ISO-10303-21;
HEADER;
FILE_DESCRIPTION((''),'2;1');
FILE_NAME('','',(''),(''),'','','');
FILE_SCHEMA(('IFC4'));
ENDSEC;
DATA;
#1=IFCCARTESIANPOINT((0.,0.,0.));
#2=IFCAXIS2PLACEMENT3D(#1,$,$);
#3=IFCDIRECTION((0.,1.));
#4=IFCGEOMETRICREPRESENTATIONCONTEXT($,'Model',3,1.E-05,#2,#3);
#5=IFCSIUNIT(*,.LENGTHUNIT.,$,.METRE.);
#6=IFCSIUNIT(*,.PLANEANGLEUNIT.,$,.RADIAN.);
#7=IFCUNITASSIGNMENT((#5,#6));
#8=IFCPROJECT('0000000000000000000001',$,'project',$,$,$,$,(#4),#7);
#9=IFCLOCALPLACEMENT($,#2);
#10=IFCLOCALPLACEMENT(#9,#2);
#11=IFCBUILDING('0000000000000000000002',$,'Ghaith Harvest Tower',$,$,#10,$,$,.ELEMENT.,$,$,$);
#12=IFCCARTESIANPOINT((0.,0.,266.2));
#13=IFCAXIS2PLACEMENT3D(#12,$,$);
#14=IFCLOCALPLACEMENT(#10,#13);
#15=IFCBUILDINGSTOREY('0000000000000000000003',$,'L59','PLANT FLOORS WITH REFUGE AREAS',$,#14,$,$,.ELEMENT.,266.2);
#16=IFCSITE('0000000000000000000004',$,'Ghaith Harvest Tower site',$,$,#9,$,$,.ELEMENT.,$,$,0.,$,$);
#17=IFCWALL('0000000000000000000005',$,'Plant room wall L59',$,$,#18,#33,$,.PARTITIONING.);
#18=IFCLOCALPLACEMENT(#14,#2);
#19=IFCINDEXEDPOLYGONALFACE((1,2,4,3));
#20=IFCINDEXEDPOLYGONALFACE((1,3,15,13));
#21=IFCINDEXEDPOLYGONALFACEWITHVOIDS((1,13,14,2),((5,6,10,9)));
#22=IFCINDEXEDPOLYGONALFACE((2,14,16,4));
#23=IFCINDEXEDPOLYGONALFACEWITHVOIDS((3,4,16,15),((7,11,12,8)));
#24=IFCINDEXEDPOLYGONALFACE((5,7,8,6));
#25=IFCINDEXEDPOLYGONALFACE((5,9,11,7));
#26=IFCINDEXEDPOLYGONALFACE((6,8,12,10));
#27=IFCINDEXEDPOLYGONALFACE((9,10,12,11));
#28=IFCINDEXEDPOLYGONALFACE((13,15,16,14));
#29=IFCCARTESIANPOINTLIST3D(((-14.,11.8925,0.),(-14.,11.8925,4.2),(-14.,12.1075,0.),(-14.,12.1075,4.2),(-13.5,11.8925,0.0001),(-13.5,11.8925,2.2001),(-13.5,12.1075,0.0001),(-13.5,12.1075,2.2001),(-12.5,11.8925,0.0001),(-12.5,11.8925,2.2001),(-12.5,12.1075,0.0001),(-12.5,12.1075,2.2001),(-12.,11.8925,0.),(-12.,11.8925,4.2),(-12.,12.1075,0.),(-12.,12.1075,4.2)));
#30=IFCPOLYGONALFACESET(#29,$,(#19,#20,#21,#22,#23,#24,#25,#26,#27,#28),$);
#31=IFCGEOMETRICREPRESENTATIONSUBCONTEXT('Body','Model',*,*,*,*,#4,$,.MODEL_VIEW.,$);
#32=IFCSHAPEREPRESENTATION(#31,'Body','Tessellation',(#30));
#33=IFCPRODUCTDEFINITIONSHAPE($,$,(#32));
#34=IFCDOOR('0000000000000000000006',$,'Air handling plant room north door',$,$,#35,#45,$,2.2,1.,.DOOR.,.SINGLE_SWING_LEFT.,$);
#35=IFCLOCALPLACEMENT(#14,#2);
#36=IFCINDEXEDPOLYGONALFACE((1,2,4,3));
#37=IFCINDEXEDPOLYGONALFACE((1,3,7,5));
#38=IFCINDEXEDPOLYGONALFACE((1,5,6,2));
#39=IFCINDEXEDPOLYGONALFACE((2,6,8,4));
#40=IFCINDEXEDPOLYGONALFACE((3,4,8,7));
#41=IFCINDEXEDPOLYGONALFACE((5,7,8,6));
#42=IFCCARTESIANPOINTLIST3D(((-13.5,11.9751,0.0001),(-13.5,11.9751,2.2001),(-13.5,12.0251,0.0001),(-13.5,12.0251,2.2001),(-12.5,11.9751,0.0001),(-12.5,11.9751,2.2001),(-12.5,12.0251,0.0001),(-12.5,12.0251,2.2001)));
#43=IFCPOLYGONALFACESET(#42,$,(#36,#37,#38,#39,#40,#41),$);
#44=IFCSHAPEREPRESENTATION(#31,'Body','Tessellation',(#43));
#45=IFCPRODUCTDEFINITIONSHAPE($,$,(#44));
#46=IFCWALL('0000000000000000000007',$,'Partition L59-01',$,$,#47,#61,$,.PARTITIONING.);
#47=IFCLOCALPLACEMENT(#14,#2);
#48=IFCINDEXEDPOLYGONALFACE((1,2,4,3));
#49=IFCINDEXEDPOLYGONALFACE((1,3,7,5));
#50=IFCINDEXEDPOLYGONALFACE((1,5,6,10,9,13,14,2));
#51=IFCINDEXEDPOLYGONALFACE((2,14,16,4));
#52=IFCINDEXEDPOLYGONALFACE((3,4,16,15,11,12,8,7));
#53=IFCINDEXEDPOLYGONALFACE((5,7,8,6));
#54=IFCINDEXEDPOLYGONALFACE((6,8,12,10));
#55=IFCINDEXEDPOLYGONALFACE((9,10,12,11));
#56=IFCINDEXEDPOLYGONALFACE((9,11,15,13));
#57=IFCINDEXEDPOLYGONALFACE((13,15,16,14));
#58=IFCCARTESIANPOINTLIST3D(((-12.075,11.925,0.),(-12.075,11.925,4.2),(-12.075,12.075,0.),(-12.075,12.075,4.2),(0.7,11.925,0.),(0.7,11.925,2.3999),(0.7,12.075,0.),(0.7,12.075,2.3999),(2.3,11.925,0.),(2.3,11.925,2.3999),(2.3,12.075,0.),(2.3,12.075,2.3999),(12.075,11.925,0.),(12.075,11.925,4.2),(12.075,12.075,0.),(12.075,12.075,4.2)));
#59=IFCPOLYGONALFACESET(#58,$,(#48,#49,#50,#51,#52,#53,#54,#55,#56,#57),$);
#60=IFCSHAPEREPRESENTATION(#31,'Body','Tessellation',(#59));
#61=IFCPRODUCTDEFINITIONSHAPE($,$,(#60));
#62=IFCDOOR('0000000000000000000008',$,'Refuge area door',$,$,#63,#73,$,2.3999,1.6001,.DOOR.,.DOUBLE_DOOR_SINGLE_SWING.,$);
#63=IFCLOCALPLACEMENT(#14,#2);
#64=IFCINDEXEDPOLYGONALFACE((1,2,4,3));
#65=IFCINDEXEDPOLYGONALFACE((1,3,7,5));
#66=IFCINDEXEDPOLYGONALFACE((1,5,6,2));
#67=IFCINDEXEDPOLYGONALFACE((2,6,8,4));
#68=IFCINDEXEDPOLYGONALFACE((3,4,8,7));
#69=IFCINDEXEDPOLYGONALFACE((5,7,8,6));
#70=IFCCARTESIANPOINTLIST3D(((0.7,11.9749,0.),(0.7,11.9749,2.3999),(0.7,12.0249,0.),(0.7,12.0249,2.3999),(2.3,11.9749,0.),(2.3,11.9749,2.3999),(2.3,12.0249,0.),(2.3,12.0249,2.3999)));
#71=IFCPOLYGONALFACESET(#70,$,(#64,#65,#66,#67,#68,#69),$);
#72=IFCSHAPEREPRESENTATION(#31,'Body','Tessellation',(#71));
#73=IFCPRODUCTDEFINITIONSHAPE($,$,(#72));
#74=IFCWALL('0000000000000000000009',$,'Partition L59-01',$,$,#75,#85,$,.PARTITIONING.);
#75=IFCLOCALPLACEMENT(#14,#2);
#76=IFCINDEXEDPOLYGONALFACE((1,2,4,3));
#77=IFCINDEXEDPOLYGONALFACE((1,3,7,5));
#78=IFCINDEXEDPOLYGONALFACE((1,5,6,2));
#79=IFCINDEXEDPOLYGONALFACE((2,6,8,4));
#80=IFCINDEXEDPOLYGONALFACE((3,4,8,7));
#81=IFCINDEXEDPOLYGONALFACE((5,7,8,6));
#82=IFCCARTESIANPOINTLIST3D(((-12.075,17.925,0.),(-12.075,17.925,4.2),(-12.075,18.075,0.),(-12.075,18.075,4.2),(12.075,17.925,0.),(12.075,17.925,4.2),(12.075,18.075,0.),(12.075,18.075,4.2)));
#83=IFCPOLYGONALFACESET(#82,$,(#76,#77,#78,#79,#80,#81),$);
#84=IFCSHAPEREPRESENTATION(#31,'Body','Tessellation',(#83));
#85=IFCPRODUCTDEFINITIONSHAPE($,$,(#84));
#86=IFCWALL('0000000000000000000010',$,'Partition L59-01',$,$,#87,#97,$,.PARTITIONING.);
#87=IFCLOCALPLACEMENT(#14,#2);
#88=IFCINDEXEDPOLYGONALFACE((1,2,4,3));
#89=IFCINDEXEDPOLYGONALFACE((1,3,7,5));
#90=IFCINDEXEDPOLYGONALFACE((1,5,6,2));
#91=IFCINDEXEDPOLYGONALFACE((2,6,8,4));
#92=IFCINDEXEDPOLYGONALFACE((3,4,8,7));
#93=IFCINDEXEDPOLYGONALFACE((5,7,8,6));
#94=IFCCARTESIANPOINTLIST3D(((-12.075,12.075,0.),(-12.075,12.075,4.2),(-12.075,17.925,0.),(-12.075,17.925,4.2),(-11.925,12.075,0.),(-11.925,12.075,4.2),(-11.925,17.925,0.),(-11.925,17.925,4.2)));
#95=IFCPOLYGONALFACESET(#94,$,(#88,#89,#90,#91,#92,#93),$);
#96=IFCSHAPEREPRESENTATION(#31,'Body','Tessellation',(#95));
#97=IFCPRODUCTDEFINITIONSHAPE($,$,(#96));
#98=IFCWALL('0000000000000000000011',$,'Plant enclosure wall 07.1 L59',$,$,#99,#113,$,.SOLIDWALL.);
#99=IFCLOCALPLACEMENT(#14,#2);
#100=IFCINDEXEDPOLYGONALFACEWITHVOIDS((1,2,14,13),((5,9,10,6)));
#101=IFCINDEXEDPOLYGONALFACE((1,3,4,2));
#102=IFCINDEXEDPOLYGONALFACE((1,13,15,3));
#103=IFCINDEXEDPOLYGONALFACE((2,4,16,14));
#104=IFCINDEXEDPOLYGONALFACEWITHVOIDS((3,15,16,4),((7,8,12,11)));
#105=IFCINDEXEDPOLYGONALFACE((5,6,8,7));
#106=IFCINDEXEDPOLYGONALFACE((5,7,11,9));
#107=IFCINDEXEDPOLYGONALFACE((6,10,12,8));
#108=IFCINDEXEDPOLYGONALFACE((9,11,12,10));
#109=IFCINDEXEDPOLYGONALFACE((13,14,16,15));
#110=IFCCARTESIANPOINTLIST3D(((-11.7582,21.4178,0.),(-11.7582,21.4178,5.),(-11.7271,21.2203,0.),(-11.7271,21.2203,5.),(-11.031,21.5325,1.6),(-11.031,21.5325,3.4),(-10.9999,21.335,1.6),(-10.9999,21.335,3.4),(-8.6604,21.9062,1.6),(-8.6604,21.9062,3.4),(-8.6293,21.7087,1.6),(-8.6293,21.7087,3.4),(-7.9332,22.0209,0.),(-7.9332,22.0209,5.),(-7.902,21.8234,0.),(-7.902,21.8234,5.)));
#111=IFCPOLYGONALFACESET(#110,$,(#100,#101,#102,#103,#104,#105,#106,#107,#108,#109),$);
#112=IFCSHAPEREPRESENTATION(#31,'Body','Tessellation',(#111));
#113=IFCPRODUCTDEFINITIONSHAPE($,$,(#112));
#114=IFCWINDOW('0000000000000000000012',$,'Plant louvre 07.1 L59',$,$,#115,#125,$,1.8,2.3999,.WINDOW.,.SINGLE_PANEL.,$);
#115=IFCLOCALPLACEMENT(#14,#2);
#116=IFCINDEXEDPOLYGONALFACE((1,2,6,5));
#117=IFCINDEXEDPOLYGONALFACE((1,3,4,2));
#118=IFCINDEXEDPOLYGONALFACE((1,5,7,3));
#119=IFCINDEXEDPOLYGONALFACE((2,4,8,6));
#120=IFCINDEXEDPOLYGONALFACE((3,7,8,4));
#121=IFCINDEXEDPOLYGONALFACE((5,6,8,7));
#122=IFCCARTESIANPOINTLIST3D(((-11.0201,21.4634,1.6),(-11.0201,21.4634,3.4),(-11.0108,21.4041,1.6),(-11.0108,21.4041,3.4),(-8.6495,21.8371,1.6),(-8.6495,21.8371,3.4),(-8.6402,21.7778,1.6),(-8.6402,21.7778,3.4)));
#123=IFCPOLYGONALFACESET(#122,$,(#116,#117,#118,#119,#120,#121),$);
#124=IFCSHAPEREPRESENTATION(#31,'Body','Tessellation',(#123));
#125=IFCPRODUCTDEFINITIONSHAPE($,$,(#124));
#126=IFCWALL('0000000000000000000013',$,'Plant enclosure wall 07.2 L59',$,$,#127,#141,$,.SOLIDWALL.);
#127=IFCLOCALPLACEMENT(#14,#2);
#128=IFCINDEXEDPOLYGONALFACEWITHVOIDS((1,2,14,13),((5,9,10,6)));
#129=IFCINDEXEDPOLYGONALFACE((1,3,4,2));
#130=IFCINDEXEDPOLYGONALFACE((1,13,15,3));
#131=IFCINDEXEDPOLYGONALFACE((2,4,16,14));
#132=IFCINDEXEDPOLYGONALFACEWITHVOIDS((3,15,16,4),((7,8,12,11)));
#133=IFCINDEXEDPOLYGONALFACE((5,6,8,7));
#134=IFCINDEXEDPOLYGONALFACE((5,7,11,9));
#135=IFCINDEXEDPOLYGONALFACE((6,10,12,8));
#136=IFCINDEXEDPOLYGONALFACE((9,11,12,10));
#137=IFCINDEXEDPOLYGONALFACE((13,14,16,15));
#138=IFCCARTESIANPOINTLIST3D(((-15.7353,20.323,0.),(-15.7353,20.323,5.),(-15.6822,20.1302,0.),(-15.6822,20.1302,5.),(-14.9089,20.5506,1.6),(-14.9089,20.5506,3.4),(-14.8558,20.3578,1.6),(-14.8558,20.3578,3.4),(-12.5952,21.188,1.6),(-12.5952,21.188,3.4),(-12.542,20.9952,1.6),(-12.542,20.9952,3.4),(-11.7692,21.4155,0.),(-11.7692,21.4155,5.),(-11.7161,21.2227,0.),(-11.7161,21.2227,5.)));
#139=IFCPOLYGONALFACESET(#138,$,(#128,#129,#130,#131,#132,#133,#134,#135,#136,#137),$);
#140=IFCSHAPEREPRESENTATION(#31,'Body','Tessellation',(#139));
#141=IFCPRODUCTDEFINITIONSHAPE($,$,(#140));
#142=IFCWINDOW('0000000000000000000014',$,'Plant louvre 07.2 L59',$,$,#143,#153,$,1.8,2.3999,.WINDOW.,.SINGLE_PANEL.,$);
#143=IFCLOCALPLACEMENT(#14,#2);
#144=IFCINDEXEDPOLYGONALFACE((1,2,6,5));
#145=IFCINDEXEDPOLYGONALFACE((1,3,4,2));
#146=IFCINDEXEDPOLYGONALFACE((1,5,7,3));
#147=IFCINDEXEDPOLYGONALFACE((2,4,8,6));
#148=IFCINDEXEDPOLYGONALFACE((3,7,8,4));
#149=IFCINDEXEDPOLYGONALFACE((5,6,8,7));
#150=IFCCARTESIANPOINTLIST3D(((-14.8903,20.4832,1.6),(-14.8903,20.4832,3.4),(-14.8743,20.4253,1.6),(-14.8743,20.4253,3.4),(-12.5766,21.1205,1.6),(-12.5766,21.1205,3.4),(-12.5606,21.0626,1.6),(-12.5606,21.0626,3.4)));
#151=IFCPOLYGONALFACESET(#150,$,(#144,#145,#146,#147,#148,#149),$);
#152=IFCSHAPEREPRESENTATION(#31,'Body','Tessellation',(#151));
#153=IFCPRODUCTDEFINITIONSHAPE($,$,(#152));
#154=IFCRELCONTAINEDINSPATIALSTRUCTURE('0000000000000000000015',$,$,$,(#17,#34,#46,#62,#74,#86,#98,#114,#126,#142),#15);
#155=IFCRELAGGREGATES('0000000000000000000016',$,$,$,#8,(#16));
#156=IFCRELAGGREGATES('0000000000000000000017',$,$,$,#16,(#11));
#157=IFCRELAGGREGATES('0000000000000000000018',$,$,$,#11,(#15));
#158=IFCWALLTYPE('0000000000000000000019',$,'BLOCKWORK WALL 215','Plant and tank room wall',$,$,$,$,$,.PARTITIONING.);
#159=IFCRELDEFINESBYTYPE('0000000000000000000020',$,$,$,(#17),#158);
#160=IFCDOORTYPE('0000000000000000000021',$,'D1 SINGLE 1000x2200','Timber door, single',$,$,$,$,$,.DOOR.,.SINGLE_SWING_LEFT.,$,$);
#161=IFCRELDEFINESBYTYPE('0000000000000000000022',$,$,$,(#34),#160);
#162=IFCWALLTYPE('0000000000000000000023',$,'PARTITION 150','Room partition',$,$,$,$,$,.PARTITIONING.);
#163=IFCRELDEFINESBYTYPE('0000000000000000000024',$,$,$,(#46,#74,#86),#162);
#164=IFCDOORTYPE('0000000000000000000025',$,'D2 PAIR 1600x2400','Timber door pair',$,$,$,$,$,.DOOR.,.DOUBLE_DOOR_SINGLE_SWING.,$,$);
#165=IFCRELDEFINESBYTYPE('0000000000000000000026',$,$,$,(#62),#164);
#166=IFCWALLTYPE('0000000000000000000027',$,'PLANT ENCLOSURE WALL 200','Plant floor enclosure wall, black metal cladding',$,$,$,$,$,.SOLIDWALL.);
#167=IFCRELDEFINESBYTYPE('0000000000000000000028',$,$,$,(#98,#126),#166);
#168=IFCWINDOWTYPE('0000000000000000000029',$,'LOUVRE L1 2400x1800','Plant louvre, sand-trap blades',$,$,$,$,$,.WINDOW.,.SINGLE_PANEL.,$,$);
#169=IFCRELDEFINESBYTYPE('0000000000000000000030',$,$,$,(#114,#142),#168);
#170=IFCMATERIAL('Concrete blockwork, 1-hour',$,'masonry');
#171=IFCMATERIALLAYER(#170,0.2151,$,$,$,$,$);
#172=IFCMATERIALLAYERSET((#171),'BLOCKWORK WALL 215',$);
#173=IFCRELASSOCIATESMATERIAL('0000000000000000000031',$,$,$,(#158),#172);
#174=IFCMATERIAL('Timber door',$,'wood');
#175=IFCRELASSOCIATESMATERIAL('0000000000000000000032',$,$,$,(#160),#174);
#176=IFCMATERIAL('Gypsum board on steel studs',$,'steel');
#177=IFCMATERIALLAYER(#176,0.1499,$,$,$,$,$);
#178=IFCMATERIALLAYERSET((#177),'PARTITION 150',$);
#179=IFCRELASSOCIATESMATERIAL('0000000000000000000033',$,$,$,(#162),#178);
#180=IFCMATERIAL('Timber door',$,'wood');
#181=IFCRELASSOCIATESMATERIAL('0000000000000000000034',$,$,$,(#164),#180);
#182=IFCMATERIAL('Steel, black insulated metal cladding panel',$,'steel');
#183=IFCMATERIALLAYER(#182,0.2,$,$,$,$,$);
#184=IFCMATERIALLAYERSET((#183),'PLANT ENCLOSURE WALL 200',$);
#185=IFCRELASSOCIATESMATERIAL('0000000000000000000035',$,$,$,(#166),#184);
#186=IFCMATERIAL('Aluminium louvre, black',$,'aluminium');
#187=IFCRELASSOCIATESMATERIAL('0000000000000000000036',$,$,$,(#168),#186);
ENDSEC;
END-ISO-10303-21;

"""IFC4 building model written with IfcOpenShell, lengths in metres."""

from ifc_helpers import new_model, si_unit, direction, frame, frame_2d, origin, place, context, subcontext, project, spatial, rectangle, extrude, material, layer, layer_set, type_object, element, fill, save


model = new_model("IFC4")

# Units and contexts
model_context = context("Model", 3, precision=1e-05, world=origin(), true_north=direction((0.0, 1.0)))
body_context = subcontext(model_context, "Body", "Model", "MODEL_VIEW")
ifc_project = project(units=[si_unit("LENGTHUNIT", "METRE"), si_unit("PLANEANGLEUNIT", "RADIAN")], contexts=[model_context])

# Site, building, storey
site_placement = place(None, origin())
site = spatial("IfcSite", under=ifc_project, at=site_placement, Name="Ghaith Harvest Tower site", CompositionType="ELEMENT", RefElevation=0.0)
building_placement = place(site_placement, origin())
building = spatial("IfcBuilding", under=site, at=building_placement, Name="Ghaith Harvest Tower", CompositionType="ELEMENT")
storey_placement = place(building_placement, frame((0.0, 0.0, 266.2)))
storey = spatial("IfcBuildingStorey", under=building, at=storey_placement, Name="L59", Description="PLANT FLOORS WITH REFUGE AREAS", CompositionType="ELEMENT", Elevation=266.2)

# Walls, openings, doors
ifc_material_1 = material(Name="Concrete blockwork, 1-hour", Category="masonry")
ifc_layer_1 = layer(ifc_material_1, 0.2151)
ifc_layer_set_1 = layer_set([ifc_layer_1], Name="BLOCKWORK WALL 215")
wall_type_1 = type_object("IfcWallType", Name="BLOCKWORK WALL 215", Description="Plant and tank room wall", PredefinedType="PARTITIONING", material=ifc_layer_set_1)
wall_1_placement = place(storey_placement, frame((-12.0, 12.0, 0.0), z_axis=(0.0, 0.0, 1.0), x_axis=(-1.0, 0.0, 0.0)))
wall_1 = element("IfcWall", 1, at=wall_1_placement, inside=storey, type_object=wall_type_1, Name="Plant room wall L59", PredefinedType="PARTITIONING", context=body_context, shape_type="SweptSolid", body=[
    extrude(rectangle(XDim=2.0, YDim=0.2151, at=frame_2d((1.0, 0.0))), origin(), (0.0, 0.0, 1.0), 4.2),
])
opening_1_placement = place(wall_1_placement, frame((0.5, 0.0, 0.0)))
opening_1 = element("IfcOpeningElement", 2, at=opening_1_placement, cuts=wall_1, PredefinedType="OPENING", context=body_context, shape_type="SweptSolid", body=[
    extrude(rectangle(XDim=1.0, YDim=2.2, at=frame_2d((0.5, 1.1001))), frame((0.0, 0.1177, 0.0), z_axis=(0.0, -1.0, 0.0), x_axis=(1.0, 0.0, 0.0)), (0.0, 0.0, 1.0), 0.2351),
])
ifc_material_2 = material(Name="Timber door", Category="wood")
door_type_1 = type_object("IfcDoorType", Name="D1 SINGLE 1000x2200", Description="Timber door, single", OperationType="SINGLE_SWING_LEFT", PredefinedType="DOOR", material=ifc_material_2)
door_1_placement = place(opening_1_placement, origin())
door_1 = element("IfcDoor", 3, at=door_1_placement, inside=storey, type_object=door_type_1, Name="Air handling plant room north door", OperationType="SINGLE_SWING_LEFT", OverallHeight=2.2, OverallWidth=1.0, PredefinedType="DOOR", context=body_context, shape_type="SweptSolid", body=[
    extrude(rectangle(XDim=1.0, YDim=2.2, at=frame_2d((0.5, 1.1001))), frame((0.0, 0.0249, 0.0), z_axis=(0.0, -1.0, 0.0), x_axis=(1.0, 0.0, 0.0)), (0.0, 0.0, 1.0), 0.05),
])
fill(opening_1, door_1)
ifc_material_3 = material(Name="Gypsum board on steel studs", Category="steel")
ifc_layer_2 = layer(ifc_material_3, 0.1499)
ifc_layer_set_2 = layer_set([ifc_layer_2], Name="PARTITION 150")
wall_type_2 = type_object("IfcWallType", Name="PARTITION 150", Description="Room partition", PredefinedType="PARTITIONING", material=ifc_layer_set_2)
wall_2_placement = place(storey_placement, frame((-12.075, 12.0, 0.0), z_axis=(0.0, 0.0, 1.0), x_axis=(1.0, 0.0, 0.0)))
wall_2 = element("IfcWall", 4, at=wall_2_placement, inside=storey, type_object=wall_type_2, Name="Partition L59-01", PredefinedType="PARTITIONING", context=body_context, shape_type="SweptSolid", body=[
    extrude(rectangle(XDim=24.1499, YDim=0.1499, at=frame_2d((12.075, 0.0))), origin(), (0.0, 0.0, 1.0), 4.2),
])
opening_2_placement = place(wall_2_placement, frame((12.7749, 0.0, 0.0)))
opening_2 = element("IfcOpeningElement", 5, at=opening_2_placement, cuts=wall_2, PredefinedType="OPENING", context=body_context, shape_type="SweptSolid", body=[
    extrude(rectangle(XDim=1.6001, YDim=2.3999, at=frame_2d((0.8, 1.2))), frame((0.0, 0.085, 0.0), z_axis=(0.0, -1.0, 0.0), x_axis=(1.0, 0.0, 0.0)), (0.0, 0.0, 1.0), 0.1699),
])
ifc_material_4 = material(Name="Timber door", Category="wood")
door_type_2 = type_object("IfcDoorType", Name="D2 PAIR 1600x2400", Description="Timber door pair", OperationType="DOUBLE_DOOR_SINGLE_SWING", PredefinedType="DOOR", material=ifc_material_4)
door_2_placement = place(opening_2_placement, origin())
door_2 = element("IfcDoor", 6, at=door_2_placement, inside=storey, type_object=door_type_2, Name="Refuge area door", OperationType="DOUBLE_DOOR_SINGLE_SWING", OverallHeight=2.3999, OverallWidth=1.6001, PredefinedType="DOOR", context=body_context, shape_type="SweptSolid", body=[
    extrude(rectangle(XDim=1.6001, YDim=2.3999, at=frame_2d((0.8, 1.2))), frame((0.0, 0.0249, 0.0), z_axis=(0.0, -1.0, 0.0), x_axis=(1.0, 0.0, 0.0)), (0.0, 0.0, 1.0), 0.05),
])
fill(opening_2, door_2)

# Walls
wall_3_placement = place(storey_placement, frame((-12.075, 18.0, 0.0), z_axis=(0.0, 0.0, 1.0), x_axis=(1.0, 0.0, 0.0)))
element("IfcWall", 7, at=wall_3_placement, inside=storey, type_object=wall_type_2, Name="Partition L59-01", PredefinedType="PARTITIONING", context=body_context, shape_type="SweptSolid", body=[
    extrude(rectangle(XDim=24.1499, YDim=0.1499, at=frame_2d((12.075, 0.0))), origin(), (0.0, 0.0, 1.0), 4.2),
])
wall_4_placement = place(storey_placement, frame((-12.0, 12.075, 0.0), z_axis=(0.0, 0.0, 1.0), x_axis=(0.0, 1.0, 0.0)))
element("IfcWall", 8, at=wall_4_placement, inside=storey, type_object=wall_type_2, Name="Partition L59-01", PredefinedType="PARTITIONING", context=body_context, shape_type="SweptSolid", body=[
    extrude(rectangle(XDim=5.8501, YDim=0.1499, at=frame_2d((2.925, 0.0))), origin(), (0.0, 0.0, 1.0), 4.2),
])

# Walls, openings, windows
ifc_material_5 = material(Name="Steel, black insulated metal cladding panel", Category="steel")
ifc_layer_3 = layer(ifc_material_5, 0.2)
ifc_layer_set_3 = layer_set([ifc_layer_3], Name="PLANT ENCLOSURE WALL 200")
wall_type_3 = type_object("IfcWallType", Name="PLANT ENCLOSURE WALL 200", Description="Plant floor enclosure wall, black metal cladding", PredefinedType="SOLIDWALL", material=ifc_layer_set_3)
wall_5_placement = place(storey_placement, frame((-7.9177, 21.9221, 0.0), z_axis=(0.0, 0.0, 1.0), x_axis=(-0.987799, -0.155733, 0.0)))
wall_5 = element("IfcWall", 9, at=wall_5_placement, inside=storey, type_object=wall_type_3, Name="Plant enclosure wall 07.1 L59", PredefinedType="SOLIDWALL", context=body_context, shape_type="SweptSolid", body=[
    extrude(rectangle(XDim=3.8723, YDim=0.2, at=frame_2d((1.936, 0.0))), origin(), (0.0, 0.0, 1.0), 5.0),
])
opening_3_placement = place(wall_5_placement, frame((0.7361, 0.0, 1.6001)))
opening_3 = element("IfcOpeningElement", 10, at=opening_3_placement, cuts=wall_5, PredefinedType="OPENING", context=body_context, shape_type="SweptSolid", body=[
    extrude(rectangle(XDim=2.3999, YDim=1.8, at=frame_2d((1.2, 0.8999))), frame((0.0, 0.1099, 0.0), z_axis=(0.0, -1.0, 0.0), x_axis=(1.0, 0.0, 0.0)), (0.0, 0.0, 1.0), 0.22),
])
ifc_material_6 = material(Name="Aluminium louvre, black", Category="aluminium")
window_type = type_object("IfcWindowType", Name="LOUVRE L1 2400x1800", Description="Plant louvre, sand-trap blades", PartitioningType="SINGLE_PANEL", PredefinedType="WINDOW", material=ifc_material_6)
window_1_placement = place(opening_3_placement, origin())
window_1 = element("IfcWindow", 11, at=window_1_placement, inside=storey, type_object=window_type, Name="Plant louvre 07.1 L59", OverallHeight=1.8, OverallWidth=2.3999, PartitioningType="SINGLE_PANEL", PredefinedType="WINDOW", context=body_context, shape_type="SweptSolid", body=[
    extrude(rectangle(XDim=2.3999, YDim=1.8, at=frame_2d((1.2, 0.8999))), frame((0.0, 0.03, 0.0), z_axis=(0.0, -1.0, 0.0), x_axis=(1.0, 0.0, 0.0)), (0.0, 0.0, 1.0), 0.0601),
])
fill(opening_3, window_1)
wall_6_placement = place(storey_placement, frame((-11.7427, 21.3191, 0.0), z_axis=(0.0, 0.0, 1.0), x_axis=(-0.96409, -0.265577, 0.0)))
wall_6 = element("IfcWall", 12, at=wall_6_placement, inside=storey, type_object=wall_type_3, Name="Plant enclosure wall 07.2 L59", PredefinedType="SOLIDWALL", context=body_context, shape_type="SweptSolid", body=[
    extrude(rectangle(XDim=4.1138, YDim=0.2, at=frame_2d((2.0569, 0.0))), origin(), (0.0, 0.0, 1.0), 5.0),
])
opening_4_placement = place(wall_6_placement, frame((0.8567, 0.0, 1.6001)))
opening_4 = element("IfcOpeningElement", 13, at=opening_4_placement, cuts=wall_6, PredefinedType="OPENING", context=body_context, shape_type="SweptSolid", body=[
    extrude(rectangle(XDim=2.3999, YDim=1.8, at=frame_2d((1.2, 0.8999))), frame((0.0, 0.1099, 0.0), z_axis=(0.0, -1.0, 0.0), x_axis=(1.0, 0.0, 0.0)), (0.0, 0.0, 1.0), 0.22),
])
window_2_placement = place(opening_4_placement, origin())
window_2 = element("IfcWindow", 14, at=window_2_placement, inside=storey, type_object=window_type, Name="Plant louvre 07.2 L59", OverallHeight=1.8, OverallWidth=2.3999, PartitioningType="SINGLE_PANEL", PredefinedType="WINDOW", context=body_context, shape_type="SweptSolid", body=[
    extrude(rectangle(XDim=2.3999, YDim=1.8, at=frame_2d((1.2, 0.8999))), frame((0.0, 0.03, 0.0), z_axis=(0.0, -1.0, 0.0), x_axis=(1.0, 0.0, 0.0)), (0.0, 0.0, 1.0), 0.0601),
])
fill(opening_4, window_2)

save(model, "model.ifc")
